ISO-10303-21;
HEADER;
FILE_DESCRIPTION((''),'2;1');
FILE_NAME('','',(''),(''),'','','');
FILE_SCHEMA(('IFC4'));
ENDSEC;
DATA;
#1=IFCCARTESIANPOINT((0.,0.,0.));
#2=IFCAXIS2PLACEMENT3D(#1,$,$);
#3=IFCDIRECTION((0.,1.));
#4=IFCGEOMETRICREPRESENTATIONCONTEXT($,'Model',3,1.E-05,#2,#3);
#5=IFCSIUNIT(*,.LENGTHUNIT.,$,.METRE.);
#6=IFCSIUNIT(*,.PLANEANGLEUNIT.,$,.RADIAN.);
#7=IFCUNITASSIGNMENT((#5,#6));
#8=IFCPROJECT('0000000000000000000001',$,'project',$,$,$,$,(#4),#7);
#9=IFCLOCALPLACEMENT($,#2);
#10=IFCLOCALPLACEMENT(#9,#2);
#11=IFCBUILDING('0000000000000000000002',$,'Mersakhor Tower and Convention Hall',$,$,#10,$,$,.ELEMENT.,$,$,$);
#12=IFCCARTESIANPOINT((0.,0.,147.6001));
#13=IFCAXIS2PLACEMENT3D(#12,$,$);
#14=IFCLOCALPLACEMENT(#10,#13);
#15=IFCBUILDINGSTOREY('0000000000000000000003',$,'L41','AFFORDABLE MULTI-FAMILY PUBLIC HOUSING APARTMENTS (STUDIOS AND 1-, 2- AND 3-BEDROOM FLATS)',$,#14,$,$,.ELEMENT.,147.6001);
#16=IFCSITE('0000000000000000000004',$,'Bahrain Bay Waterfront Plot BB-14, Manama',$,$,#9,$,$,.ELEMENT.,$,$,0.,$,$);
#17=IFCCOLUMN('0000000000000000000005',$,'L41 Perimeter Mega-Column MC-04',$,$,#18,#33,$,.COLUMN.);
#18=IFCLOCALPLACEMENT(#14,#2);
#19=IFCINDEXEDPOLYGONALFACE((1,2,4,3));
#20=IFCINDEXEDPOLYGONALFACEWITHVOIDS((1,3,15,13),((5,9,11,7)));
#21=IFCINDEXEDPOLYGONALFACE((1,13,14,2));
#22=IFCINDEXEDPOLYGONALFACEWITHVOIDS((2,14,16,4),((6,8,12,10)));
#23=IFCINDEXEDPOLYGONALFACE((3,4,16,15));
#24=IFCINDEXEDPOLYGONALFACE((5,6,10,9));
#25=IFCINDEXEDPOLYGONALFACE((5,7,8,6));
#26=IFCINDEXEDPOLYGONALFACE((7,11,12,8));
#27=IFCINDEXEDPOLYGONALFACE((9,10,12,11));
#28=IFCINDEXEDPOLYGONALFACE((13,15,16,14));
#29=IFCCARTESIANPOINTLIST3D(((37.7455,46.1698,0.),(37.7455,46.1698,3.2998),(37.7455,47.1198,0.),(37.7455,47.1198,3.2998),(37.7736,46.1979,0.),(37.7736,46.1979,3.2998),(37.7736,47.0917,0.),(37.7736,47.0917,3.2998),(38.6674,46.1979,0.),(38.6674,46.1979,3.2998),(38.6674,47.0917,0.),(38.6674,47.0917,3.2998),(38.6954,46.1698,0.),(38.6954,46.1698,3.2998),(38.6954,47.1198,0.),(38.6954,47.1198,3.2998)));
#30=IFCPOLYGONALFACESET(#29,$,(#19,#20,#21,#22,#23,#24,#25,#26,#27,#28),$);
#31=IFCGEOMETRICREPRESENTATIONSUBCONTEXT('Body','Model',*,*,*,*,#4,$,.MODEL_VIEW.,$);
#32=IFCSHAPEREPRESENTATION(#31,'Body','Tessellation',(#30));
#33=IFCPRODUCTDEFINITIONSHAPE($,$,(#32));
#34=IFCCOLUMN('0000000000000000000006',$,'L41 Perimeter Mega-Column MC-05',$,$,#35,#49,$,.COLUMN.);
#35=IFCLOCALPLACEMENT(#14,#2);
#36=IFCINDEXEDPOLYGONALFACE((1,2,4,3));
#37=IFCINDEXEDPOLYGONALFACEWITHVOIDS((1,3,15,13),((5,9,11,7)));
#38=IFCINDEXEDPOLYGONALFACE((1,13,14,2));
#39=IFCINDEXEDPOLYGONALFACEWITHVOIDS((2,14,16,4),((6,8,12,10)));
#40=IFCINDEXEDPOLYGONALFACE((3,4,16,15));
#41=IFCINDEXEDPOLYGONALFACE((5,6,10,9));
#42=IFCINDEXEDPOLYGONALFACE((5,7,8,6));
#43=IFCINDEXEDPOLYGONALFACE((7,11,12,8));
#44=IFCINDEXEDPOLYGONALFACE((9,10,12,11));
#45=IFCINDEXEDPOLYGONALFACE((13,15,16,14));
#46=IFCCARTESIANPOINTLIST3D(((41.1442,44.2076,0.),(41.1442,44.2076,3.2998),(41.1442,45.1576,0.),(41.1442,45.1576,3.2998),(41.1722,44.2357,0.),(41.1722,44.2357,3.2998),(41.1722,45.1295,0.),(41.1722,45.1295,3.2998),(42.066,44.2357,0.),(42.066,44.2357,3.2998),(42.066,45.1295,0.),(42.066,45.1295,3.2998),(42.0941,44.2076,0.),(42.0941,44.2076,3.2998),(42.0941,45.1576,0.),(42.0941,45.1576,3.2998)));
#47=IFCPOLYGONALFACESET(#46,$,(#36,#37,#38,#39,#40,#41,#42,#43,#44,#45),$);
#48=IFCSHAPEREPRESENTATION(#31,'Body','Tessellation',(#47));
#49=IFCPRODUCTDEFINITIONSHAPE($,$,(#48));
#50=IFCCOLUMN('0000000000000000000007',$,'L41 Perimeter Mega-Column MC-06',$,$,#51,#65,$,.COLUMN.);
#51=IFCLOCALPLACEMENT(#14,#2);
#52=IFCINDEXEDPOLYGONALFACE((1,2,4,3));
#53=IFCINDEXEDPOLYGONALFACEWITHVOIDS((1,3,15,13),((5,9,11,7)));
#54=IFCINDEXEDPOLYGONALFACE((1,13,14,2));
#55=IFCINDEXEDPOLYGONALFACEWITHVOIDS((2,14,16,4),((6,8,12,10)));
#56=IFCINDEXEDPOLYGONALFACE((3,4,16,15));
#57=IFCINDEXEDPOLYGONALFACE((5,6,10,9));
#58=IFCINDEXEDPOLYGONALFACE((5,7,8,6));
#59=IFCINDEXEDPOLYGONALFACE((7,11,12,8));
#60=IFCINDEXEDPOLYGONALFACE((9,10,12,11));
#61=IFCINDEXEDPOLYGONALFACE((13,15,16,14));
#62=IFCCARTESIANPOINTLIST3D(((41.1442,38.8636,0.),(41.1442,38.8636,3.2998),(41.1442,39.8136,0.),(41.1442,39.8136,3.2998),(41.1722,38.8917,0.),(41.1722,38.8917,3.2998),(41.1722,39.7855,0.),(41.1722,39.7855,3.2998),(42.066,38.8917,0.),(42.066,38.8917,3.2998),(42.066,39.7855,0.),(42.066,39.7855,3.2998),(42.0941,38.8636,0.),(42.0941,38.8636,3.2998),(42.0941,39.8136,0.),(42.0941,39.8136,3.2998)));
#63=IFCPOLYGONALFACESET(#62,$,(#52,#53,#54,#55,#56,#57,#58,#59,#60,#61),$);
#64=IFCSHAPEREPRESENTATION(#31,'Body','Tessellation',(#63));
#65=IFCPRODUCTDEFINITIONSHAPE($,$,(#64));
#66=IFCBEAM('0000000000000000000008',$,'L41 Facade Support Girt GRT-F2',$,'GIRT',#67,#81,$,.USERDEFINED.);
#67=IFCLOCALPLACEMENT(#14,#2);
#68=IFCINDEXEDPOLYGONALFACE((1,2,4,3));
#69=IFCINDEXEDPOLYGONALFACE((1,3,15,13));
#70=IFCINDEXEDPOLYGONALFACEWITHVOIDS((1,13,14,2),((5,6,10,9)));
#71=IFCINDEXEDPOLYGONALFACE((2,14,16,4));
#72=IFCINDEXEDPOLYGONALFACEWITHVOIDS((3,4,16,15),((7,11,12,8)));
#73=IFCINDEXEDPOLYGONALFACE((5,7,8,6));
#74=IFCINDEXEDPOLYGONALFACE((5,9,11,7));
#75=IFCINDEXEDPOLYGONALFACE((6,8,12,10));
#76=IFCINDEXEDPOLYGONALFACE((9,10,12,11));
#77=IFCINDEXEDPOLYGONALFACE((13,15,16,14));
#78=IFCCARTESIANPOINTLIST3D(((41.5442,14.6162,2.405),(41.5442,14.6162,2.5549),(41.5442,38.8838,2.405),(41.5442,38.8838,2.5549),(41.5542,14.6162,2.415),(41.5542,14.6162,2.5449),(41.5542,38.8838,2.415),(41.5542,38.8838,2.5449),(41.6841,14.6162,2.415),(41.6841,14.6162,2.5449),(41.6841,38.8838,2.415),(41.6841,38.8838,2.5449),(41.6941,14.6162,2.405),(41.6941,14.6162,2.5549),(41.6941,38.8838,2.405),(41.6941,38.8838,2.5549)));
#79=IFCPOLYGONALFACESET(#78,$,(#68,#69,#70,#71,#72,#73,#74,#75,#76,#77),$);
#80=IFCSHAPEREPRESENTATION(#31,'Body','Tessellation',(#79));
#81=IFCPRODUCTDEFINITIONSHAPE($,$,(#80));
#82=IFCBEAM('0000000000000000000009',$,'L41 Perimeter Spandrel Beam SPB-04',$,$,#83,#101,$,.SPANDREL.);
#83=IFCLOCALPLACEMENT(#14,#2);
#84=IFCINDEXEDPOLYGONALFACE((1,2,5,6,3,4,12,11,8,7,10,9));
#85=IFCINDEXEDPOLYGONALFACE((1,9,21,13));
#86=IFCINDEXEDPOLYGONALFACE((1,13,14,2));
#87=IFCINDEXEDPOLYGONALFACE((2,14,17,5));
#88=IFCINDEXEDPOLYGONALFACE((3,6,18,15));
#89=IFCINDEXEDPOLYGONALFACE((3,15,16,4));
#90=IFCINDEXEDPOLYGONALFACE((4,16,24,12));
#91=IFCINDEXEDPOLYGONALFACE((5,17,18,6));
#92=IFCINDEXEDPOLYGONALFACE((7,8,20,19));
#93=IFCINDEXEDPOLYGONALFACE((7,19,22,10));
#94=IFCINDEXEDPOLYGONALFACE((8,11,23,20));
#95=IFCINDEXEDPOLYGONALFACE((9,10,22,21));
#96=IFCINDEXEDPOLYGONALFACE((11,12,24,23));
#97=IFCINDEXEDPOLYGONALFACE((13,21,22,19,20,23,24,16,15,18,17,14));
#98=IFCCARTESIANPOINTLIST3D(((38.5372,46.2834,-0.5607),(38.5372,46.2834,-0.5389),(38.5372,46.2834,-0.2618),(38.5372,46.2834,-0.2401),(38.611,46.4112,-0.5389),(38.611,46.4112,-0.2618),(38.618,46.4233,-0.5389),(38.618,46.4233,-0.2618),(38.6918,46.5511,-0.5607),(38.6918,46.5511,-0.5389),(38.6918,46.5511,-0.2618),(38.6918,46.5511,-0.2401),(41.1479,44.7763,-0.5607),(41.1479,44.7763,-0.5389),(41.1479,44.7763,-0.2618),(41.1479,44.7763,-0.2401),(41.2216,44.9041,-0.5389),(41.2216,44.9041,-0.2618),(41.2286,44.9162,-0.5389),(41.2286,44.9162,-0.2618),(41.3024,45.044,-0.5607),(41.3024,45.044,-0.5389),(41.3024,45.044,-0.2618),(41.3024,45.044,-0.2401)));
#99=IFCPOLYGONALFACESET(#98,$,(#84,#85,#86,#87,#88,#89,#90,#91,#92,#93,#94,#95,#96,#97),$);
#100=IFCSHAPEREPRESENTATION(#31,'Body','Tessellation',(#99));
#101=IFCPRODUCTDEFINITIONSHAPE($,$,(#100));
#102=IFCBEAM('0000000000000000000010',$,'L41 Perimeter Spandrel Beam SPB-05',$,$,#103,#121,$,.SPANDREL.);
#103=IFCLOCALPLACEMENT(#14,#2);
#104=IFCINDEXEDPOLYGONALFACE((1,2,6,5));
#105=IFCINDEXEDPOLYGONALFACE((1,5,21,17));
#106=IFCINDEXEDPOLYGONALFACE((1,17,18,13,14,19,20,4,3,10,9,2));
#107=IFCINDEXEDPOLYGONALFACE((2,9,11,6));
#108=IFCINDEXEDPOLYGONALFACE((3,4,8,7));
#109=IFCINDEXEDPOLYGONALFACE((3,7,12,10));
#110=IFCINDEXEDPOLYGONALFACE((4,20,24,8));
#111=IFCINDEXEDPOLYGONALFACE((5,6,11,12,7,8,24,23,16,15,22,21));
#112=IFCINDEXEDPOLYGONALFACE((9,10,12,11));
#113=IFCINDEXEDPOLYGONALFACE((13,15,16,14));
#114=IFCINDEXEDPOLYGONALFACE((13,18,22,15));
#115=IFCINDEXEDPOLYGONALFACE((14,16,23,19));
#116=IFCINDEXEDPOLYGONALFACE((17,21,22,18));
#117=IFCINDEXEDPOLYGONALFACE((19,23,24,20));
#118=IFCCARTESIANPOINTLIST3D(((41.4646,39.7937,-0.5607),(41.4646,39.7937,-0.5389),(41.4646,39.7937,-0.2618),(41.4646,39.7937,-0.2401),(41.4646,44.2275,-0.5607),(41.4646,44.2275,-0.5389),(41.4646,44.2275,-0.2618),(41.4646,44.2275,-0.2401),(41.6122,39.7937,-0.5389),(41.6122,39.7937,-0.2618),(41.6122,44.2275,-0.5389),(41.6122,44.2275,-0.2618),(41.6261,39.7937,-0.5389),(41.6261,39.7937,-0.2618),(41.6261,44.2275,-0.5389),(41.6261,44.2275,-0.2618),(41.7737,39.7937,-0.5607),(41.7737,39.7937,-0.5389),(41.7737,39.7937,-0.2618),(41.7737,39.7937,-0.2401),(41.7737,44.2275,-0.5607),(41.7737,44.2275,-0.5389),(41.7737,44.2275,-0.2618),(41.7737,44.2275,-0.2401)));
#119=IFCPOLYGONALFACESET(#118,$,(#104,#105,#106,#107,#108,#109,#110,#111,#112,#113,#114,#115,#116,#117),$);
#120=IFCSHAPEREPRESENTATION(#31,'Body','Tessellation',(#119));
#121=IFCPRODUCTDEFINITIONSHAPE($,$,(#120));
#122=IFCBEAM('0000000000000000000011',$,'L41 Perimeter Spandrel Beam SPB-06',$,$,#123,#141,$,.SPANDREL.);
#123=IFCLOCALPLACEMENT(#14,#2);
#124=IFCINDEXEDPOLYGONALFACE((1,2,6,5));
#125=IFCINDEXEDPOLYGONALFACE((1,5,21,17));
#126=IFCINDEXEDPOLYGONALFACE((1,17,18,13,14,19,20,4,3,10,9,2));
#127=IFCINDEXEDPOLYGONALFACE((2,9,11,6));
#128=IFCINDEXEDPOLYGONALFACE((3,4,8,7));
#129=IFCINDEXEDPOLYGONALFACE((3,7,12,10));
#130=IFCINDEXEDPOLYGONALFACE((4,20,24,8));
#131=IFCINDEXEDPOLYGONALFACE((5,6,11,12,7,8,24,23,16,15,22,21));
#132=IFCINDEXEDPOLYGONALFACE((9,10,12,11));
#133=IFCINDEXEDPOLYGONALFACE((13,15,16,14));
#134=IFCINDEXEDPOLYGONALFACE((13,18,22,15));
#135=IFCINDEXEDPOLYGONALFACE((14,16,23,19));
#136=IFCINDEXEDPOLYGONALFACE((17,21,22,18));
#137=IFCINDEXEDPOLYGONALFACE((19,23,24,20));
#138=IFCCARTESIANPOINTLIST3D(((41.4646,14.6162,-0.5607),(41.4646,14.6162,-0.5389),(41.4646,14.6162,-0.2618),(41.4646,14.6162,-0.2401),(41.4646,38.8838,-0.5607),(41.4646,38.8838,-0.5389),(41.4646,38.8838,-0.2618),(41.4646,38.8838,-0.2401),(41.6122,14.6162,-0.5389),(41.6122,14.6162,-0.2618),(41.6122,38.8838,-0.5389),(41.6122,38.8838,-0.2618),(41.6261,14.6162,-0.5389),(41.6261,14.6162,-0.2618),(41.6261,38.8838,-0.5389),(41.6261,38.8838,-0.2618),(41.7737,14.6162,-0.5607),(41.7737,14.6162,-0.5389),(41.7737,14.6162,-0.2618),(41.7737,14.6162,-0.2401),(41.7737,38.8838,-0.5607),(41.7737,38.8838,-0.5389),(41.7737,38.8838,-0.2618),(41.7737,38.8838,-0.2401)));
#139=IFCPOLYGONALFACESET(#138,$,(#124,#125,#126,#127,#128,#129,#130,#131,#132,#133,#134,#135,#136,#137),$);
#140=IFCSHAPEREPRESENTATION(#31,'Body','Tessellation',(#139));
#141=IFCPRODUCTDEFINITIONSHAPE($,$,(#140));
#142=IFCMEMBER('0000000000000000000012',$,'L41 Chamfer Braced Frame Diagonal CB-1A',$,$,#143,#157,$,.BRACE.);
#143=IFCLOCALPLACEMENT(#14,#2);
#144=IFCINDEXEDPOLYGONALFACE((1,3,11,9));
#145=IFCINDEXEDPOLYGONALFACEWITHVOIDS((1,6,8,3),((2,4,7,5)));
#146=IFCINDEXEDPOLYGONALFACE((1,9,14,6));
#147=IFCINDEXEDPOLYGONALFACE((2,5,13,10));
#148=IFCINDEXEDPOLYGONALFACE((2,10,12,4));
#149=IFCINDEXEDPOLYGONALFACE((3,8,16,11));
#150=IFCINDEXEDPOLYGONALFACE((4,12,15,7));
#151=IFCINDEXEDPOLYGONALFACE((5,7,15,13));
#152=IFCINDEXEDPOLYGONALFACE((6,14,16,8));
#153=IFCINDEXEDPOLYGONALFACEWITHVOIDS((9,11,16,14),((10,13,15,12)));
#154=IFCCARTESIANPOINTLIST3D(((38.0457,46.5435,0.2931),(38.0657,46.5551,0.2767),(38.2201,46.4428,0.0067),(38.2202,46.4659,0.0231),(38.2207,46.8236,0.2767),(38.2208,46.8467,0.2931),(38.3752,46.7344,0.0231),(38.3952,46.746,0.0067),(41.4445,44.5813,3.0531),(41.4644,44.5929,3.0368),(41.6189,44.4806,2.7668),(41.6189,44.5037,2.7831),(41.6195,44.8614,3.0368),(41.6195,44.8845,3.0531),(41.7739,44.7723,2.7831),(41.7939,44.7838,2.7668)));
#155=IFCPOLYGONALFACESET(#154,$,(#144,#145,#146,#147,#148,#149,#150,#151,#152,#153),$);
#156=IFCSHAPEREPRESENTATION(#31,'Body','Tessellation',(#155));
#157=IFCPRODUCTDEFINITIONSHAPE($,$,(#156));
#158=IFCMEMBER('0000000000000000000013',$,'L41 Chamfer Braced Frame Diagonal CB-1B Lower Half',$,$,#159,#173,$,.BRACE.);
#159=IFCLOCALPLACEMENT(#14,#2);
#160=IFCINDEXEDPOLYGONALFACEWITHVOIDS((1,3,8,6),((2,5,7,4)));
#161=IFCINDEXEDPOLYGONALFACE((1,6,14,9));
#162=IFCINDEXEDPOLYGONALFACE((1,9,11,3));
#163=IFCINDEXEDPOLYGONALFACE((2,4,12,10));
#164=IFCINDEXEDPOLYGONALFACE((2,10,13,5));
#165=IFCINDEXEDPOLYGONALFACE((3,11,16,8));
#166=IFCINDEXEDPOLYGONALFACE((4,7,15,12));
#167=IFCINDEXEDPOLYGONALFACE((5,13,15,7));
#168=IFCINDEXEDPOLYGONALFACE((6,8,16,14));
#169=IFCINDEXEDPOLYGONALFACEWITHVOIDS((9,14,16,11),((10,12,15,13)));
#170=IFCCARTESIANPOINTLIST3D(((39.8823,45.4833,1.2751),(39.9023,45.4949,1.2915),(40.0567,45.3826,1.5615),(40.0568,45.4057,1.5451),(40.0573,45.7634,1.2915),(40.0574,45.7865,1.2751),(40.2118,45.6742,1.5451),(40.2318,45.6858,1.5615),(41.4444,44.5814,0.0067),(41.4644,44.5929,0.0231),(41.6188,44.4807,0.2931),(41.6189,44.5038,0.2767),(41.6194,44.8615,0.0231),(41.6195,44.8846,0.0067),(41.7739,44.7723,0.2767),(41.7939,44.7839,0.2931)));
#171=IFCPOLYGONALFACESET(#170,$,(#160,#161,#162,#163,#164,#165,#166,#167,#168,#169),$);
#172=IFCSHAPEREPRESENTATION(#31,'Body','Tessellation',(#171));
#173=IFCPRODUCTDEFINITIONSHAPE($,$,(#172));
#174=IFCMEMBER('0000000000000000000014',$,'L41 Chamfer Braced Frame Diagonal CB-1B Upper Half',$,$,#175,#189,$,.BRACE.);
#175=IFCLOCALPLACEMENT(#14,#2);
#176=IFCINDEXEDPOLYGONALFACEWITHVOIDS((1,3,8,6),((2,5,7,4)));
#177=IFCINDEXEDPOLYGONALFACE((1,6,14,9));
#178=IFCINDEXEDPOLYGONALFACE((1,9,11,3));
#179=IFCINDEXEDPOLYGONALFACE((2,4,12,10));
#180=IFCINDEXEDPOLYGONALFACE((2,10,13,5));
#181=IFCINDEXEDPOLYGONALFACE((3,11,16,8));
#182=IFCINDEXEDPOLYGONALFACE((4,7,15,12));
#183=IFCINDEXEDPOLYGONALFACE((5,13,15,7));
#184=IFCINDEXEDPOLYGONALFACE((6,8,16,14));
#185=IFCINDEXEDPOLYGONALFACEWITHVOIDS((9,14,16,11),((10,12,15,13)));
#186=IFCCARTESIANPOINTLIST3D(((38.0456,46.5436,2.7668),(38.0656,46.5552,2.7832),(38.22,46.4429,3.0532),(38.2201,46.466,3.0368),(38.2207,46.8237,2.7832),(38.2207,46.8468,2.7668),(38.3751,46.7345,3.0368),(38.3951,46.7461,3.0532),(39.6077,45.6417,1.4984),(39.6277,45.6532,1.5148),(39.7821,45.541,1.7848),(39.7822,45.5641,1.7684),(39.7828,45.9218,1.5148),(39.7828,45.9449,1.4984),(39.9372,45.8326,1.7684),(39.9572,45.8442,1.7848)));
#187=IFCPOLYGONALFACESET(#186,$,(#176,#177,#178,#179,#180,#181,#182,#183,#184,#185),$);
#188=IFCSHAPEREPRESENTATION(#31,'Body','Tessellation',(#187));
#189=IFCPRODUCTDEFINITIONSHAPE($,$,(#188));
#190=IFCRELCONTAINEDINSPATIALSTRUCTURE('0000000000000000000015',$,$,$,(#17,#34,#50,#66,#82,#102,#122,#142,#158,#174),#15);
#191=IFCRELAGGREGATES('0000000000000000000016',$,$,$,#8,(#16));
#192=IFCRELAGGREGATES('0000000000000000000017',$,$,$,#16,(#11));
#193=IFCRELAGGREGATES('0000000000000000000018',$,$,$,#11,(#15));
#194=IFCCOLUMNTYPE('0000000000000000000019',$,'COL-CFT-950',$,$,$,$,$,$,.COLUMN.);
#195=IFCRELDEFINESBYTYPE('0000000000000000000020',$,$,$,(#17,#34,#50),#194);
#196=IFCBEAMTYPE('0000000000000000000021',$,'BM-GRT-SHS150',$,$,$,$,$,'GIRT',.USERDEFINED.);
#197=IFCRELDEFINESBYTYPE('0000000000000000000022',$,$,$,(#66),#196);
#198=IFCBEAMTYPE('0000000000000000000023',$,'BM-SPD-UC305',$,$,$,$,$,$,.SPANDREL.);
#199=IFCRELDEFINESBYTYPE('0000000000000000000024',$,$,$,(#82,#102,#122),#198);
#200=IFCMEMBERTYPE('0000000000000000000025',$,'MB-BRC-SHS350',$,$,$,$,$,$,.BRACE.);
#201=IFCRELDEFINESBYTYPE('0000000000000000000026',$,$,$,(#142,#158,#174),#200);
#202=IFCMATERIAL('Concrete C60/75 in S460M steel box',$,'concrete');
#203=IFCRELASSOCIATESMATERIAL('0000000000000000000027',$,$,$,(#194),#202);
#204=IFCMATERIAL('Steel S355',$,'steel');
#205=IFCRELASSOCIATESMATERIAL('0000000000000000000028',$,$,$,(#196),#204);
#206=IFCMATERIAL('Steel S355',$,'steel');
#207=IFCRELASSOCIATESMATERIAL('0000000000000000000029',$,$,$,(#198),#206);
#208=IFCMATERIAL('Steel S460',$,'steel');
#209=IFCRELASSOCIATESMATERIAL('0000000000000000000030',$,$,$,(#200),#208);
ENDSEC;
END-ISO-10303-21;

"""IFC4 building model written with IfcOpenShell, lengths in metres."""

from ifc_helpers import new_model, si_unit, direction, frame, origin, origin_2d, place, context, subcontext, project, spatial, hollow_rectangle, i_section, extrude, material, material_profile, profile_set, type_object, element, save


model = new_model("IFC4")

# Units and contexts
model_context = context("Model", 3, precision=1e-05, world=origin(), true_north=direction((0.0, 1.0)))
body_context = subcontext(model_context, "Body", "Model", "MODEL_VIEW")
ifc_project = project(units=[si_unit("LENGTHUNIT", "METRE"), si_unit("PLANEANGLEUNIT", "RADIAN")], contexts=[model_context])

# Site, building, storey
site_placement = place(None, origin())
site = spatial("IfcSite", under=ifc_project, at=site_placement, Name="Bahrain Bay Waterfront Plot BB-14, Manama", CompositionType="ELEMENT", RefElevation=0.0)
building_placement = place(site_placement, origin())
building = spatial("IfcBuilding", under=site, at=building_placement, Name="Mersakhor Tower and Convention Hall", CompositionType="ELEMENT")
storey_placement = place(building_placement, frame((0.0, 0.0, 147.6001)))
storey = spatial("IfcBuildingStorey", under=building, at=storey_placement, Name="L41", Description="AFFORDABLE MULTI-FAMILY PUBLIC HOUSING APARTMENTS (STUDIOS AND 1-, 2- AND 3-BEDROOM FLATS)", CompositionType="ELEMENT", Elevation=147.6001)

# Columns
ifc_material_1 = material(Name="Concrete C60/75 in S460M steel box", Category="concrete")
ifc_material_profile_1 = material_profile(ifc_material_1, hollow_rectangle(XDim=0.95, YDim=0.95, WallThickness=0.0281, at=origin_2d()), Name="SHS 950x950x28")
ifc_profile_set_1 = profile_set([ifc_material_profile_1], Name="Concrete C60/75 in S460M steel box")
column_type = type_object("IfcColumnType", Name="COL-CFT-950", PredefinedType="COLUMN", material=ifc_profile_set_1)
for number, where, z_axis, x_axis, name in (
    (1, (38.2205, 46.6448, 0.0), (0.0, 0.0, 1.0), (1.0, 0.0, 0.0), "L41 Perimeter Mega-Column MC-04"),
    (2, (41.6191, 44.6826, 0.0), (0.0, 0.0, 1.0), (1.0, 0.0, 0.0), "L41 Perimeter Mega-Column MC-05"),
    (3, (41.6191, 39.3386, 0.0), (0.0, 0.0, 1.0), (1.0, 0.0, 0.0), "L41 Perimeter Mega-Column MC-06"),
):
    element("IfcColumn", number, at=place(storey_placement, frame(where, z_axis=z_axis, x_axis=x_axis)), inside=storey, type_object=column_type, Name=name, PredefinedType="COLUMN", context=body_context, shape_type="SweptSolid", body=[
        extrude(hollow_rectangle(XDim=0.95, YDim=0.95, WallThickness=0.0281, at=origin_2d()), origin(), (0.0, 0.0, 1.0), 3.2998),
    ])

# Beams
ifc_material_2 = material(Name="Steel S355", Category="steel")
ifc_material_profile_2 = material_profile(ifc_material_2, hollow_rectangle(XDim=0.1499, YDim=0.1499, WallThickness=0.01, at=origin_2d()), Name="SHS 150x150x10")
ifc_profile_set_2 = profile_set([ifc_material_profile_2], Name="Steel S355")
beam_type_1 = type_object("IfcBeamType", Name="BM-GRT-SHS150", ElementType="GIRT", PredefinedType="USERDEFINED", material=ifc_profile_set_2)
beam_1_placement = place(storey_placement, frame((41.6191, 38.8838, 2.48), z_axis=(0.0, -1.0, 0.0), x_axis=(1.0, 0.0, 0.0)))
element("IfcBeam", 4, at=beam_1_placement, inside=storey, type_object=beam_type_1, Name="L41 Facade Support Girt GRT-F2", ObjectType="GIRT", PredefinedType="USERDEFINED", context=body_context, shape_type="SweptSolid", body=[
    extrude(hollow_rectangle(XDim=0.1499, YDim=0.1499, WallThickness=0.01, at=origin_2d()), origin(), (0.0, 0.0, 1.0), 24.2676),
])
ifc_material_3 = material(Name="Steel S355", Category="steel")
ifc_material_profile_3 = material_profile(ifc_material_3, i_section(OverallWidth=0.3091, OverallDepth=0.3206, WebThickness=0.0139, FlangeThickness=0.0217, at=origin_2d()), Name="UC 305x305x137")
ifc_profile_set_3 = profile_set([ifc_material_profile_3], Name="Steel S355")
beam_type_2 = type_object("IfcBeamType", Name="BM-SPD-UC305", PredefinedType="SPANDREL", material=ifc_profile_set_3)
beam_2_placement = place(storey_placement, frame((38.6145, 46.4172, -0.4004), z_axis=(0.866047, -0.499963, 0.0), x_axis=(0.499963, 0.866047, 0.0)))
element("IfcBeam", 5, at=beam_2_placement, inside=storey, type_object=beam_type_2, Name="L41 Perimeter Spandrel Beam SPB-04", PredefinedType="SPANDREL", context=body_context, shape_type="SweptSolid", body=[
    extrude(i_section(OverallWidth=0.3091, OverallDepth=0.3206, WebThickness=0.0139, FlangeThickness=0.0217, at=origin_2d()), origin(), (0.0, 0.0, 1.0), 3.0144),
])
beam_3_placement = place(storey_placement, frame((41.6191, 44.2275, -0.4004), z_axis=(0.0, -1.0, 0.0), x_axis=(1.0, 0.0, 0.0)))
element("IfcBeam", 6, at=beam_3_placement, inside=storey, type_object=beam_type_2, Name="L41 Perimeter Spandrel Beam SPB-05", PredefinedType="SPANDREL", context=body_context, shape_type="SweptSolid", body=[
    extrude(i_section(OverallWidth=0.3091, OverallDepth=0.3206, WebThickness=0.0139, FlangeThickness=0.0217, at=origin_2d()), origin(), (0.0, 0.0, 1.0), 4.4338),
])
beam_4_placement = place(storey_placement, frame((41.6191, 38.8838, -0.4004), z_axis=(0.0, -1.0, 0.0), x_axis=(1.0, 0.0, 0.0)))
element("IfcBeam", 7, at=beam_4_placement, inside=storey, type_object=beam_type_2, Name="L41 Perimeter Spandrel Beam SPB-06", PredefinedType="SPANDREL", context=body_context, shape_type="SweptSolid", body=[
    extrude(i_section(OverallWidth=0.3091, OverallDepth=0.3206, WebThickness=0.0139, FlangeThickness=0.0217, at=origin_2d()), origin(), (0.0, 0.0, 1.0), 24.2676),
])

# Members
ifc_material_4 = material(Name="Steel S460", Category="steel")
ifc_material_profile_4 = material_profile(ifc_material_4, hollow_rectangle(XDim=0.3501, YDim=0.3501, WallThickness=0.02, at=origin_2d()), Name="SHS 350x350x20")
ifc_profile_set_4 = profile_set([ifc_material_profile_4], Name="Steel S460")
member_type = type_object("IfcMemberType", Name="MB-BRC-SHS350", PredefinedType="BRACE", material=ifc_profile_set_4)
member_placement = place(storey_placement, frame((38.2205, 46.6448, 0.1499), z_axis=(0.708385, -0.408972, 0.575267), x_axis=(0.499986, 0.866033, 0.0)))
element("IfcMember", 8, at=member_placement, inside=storey, type_object=member_type, Name="L41 Chamfer Braced Frame Diagonal CB-1A", PredefinedType="BRACE", context=body_context, shape_type="SweptSolid", body=[
    extrude(hollow_rectangle(XDim=0.3501, YDim=0.3501, WallThickness=0.02, at=origin_2d()), origin(), (0.0, 0.0, 1.0), 4.7979),
])
for number, where, z_axis, x_axis, name in (
    (9, (41.6191, 44.6826, 0.1499), (-0.708409, 0.409013, 0.575209), (-0.500011, -0.866019, 0.0), "L41 Chamfer Braced Frame Diagonal CB-1B Lower Half"),
    (10, (39.7825, 45.7429, 1.6416), (-0.708409, 0.409013, 0.575209), (-0.500011, -0.866019, 0.0), "L41 Chamfer Braced Frame Diagonal CB-1B Upper Half"),
):
    element("IfcMember", number, at=place(storey_placement, frame(where, z_axis=z_axis, x_axis=x_axis)), inside=storey, type_object=member_type, Name=name, PredefinedType="BRACE", context=body_context, shape_type="SweptSolid", body=[
        extrude(hollow_rectangle(XDim=0.3501, YDim=0.3501, WallThickness=0.02, at=origin_2d()), origin(), (0.0, 0.0, 1.0), 2.2051),
    ])

save(model, "model.ifc")
